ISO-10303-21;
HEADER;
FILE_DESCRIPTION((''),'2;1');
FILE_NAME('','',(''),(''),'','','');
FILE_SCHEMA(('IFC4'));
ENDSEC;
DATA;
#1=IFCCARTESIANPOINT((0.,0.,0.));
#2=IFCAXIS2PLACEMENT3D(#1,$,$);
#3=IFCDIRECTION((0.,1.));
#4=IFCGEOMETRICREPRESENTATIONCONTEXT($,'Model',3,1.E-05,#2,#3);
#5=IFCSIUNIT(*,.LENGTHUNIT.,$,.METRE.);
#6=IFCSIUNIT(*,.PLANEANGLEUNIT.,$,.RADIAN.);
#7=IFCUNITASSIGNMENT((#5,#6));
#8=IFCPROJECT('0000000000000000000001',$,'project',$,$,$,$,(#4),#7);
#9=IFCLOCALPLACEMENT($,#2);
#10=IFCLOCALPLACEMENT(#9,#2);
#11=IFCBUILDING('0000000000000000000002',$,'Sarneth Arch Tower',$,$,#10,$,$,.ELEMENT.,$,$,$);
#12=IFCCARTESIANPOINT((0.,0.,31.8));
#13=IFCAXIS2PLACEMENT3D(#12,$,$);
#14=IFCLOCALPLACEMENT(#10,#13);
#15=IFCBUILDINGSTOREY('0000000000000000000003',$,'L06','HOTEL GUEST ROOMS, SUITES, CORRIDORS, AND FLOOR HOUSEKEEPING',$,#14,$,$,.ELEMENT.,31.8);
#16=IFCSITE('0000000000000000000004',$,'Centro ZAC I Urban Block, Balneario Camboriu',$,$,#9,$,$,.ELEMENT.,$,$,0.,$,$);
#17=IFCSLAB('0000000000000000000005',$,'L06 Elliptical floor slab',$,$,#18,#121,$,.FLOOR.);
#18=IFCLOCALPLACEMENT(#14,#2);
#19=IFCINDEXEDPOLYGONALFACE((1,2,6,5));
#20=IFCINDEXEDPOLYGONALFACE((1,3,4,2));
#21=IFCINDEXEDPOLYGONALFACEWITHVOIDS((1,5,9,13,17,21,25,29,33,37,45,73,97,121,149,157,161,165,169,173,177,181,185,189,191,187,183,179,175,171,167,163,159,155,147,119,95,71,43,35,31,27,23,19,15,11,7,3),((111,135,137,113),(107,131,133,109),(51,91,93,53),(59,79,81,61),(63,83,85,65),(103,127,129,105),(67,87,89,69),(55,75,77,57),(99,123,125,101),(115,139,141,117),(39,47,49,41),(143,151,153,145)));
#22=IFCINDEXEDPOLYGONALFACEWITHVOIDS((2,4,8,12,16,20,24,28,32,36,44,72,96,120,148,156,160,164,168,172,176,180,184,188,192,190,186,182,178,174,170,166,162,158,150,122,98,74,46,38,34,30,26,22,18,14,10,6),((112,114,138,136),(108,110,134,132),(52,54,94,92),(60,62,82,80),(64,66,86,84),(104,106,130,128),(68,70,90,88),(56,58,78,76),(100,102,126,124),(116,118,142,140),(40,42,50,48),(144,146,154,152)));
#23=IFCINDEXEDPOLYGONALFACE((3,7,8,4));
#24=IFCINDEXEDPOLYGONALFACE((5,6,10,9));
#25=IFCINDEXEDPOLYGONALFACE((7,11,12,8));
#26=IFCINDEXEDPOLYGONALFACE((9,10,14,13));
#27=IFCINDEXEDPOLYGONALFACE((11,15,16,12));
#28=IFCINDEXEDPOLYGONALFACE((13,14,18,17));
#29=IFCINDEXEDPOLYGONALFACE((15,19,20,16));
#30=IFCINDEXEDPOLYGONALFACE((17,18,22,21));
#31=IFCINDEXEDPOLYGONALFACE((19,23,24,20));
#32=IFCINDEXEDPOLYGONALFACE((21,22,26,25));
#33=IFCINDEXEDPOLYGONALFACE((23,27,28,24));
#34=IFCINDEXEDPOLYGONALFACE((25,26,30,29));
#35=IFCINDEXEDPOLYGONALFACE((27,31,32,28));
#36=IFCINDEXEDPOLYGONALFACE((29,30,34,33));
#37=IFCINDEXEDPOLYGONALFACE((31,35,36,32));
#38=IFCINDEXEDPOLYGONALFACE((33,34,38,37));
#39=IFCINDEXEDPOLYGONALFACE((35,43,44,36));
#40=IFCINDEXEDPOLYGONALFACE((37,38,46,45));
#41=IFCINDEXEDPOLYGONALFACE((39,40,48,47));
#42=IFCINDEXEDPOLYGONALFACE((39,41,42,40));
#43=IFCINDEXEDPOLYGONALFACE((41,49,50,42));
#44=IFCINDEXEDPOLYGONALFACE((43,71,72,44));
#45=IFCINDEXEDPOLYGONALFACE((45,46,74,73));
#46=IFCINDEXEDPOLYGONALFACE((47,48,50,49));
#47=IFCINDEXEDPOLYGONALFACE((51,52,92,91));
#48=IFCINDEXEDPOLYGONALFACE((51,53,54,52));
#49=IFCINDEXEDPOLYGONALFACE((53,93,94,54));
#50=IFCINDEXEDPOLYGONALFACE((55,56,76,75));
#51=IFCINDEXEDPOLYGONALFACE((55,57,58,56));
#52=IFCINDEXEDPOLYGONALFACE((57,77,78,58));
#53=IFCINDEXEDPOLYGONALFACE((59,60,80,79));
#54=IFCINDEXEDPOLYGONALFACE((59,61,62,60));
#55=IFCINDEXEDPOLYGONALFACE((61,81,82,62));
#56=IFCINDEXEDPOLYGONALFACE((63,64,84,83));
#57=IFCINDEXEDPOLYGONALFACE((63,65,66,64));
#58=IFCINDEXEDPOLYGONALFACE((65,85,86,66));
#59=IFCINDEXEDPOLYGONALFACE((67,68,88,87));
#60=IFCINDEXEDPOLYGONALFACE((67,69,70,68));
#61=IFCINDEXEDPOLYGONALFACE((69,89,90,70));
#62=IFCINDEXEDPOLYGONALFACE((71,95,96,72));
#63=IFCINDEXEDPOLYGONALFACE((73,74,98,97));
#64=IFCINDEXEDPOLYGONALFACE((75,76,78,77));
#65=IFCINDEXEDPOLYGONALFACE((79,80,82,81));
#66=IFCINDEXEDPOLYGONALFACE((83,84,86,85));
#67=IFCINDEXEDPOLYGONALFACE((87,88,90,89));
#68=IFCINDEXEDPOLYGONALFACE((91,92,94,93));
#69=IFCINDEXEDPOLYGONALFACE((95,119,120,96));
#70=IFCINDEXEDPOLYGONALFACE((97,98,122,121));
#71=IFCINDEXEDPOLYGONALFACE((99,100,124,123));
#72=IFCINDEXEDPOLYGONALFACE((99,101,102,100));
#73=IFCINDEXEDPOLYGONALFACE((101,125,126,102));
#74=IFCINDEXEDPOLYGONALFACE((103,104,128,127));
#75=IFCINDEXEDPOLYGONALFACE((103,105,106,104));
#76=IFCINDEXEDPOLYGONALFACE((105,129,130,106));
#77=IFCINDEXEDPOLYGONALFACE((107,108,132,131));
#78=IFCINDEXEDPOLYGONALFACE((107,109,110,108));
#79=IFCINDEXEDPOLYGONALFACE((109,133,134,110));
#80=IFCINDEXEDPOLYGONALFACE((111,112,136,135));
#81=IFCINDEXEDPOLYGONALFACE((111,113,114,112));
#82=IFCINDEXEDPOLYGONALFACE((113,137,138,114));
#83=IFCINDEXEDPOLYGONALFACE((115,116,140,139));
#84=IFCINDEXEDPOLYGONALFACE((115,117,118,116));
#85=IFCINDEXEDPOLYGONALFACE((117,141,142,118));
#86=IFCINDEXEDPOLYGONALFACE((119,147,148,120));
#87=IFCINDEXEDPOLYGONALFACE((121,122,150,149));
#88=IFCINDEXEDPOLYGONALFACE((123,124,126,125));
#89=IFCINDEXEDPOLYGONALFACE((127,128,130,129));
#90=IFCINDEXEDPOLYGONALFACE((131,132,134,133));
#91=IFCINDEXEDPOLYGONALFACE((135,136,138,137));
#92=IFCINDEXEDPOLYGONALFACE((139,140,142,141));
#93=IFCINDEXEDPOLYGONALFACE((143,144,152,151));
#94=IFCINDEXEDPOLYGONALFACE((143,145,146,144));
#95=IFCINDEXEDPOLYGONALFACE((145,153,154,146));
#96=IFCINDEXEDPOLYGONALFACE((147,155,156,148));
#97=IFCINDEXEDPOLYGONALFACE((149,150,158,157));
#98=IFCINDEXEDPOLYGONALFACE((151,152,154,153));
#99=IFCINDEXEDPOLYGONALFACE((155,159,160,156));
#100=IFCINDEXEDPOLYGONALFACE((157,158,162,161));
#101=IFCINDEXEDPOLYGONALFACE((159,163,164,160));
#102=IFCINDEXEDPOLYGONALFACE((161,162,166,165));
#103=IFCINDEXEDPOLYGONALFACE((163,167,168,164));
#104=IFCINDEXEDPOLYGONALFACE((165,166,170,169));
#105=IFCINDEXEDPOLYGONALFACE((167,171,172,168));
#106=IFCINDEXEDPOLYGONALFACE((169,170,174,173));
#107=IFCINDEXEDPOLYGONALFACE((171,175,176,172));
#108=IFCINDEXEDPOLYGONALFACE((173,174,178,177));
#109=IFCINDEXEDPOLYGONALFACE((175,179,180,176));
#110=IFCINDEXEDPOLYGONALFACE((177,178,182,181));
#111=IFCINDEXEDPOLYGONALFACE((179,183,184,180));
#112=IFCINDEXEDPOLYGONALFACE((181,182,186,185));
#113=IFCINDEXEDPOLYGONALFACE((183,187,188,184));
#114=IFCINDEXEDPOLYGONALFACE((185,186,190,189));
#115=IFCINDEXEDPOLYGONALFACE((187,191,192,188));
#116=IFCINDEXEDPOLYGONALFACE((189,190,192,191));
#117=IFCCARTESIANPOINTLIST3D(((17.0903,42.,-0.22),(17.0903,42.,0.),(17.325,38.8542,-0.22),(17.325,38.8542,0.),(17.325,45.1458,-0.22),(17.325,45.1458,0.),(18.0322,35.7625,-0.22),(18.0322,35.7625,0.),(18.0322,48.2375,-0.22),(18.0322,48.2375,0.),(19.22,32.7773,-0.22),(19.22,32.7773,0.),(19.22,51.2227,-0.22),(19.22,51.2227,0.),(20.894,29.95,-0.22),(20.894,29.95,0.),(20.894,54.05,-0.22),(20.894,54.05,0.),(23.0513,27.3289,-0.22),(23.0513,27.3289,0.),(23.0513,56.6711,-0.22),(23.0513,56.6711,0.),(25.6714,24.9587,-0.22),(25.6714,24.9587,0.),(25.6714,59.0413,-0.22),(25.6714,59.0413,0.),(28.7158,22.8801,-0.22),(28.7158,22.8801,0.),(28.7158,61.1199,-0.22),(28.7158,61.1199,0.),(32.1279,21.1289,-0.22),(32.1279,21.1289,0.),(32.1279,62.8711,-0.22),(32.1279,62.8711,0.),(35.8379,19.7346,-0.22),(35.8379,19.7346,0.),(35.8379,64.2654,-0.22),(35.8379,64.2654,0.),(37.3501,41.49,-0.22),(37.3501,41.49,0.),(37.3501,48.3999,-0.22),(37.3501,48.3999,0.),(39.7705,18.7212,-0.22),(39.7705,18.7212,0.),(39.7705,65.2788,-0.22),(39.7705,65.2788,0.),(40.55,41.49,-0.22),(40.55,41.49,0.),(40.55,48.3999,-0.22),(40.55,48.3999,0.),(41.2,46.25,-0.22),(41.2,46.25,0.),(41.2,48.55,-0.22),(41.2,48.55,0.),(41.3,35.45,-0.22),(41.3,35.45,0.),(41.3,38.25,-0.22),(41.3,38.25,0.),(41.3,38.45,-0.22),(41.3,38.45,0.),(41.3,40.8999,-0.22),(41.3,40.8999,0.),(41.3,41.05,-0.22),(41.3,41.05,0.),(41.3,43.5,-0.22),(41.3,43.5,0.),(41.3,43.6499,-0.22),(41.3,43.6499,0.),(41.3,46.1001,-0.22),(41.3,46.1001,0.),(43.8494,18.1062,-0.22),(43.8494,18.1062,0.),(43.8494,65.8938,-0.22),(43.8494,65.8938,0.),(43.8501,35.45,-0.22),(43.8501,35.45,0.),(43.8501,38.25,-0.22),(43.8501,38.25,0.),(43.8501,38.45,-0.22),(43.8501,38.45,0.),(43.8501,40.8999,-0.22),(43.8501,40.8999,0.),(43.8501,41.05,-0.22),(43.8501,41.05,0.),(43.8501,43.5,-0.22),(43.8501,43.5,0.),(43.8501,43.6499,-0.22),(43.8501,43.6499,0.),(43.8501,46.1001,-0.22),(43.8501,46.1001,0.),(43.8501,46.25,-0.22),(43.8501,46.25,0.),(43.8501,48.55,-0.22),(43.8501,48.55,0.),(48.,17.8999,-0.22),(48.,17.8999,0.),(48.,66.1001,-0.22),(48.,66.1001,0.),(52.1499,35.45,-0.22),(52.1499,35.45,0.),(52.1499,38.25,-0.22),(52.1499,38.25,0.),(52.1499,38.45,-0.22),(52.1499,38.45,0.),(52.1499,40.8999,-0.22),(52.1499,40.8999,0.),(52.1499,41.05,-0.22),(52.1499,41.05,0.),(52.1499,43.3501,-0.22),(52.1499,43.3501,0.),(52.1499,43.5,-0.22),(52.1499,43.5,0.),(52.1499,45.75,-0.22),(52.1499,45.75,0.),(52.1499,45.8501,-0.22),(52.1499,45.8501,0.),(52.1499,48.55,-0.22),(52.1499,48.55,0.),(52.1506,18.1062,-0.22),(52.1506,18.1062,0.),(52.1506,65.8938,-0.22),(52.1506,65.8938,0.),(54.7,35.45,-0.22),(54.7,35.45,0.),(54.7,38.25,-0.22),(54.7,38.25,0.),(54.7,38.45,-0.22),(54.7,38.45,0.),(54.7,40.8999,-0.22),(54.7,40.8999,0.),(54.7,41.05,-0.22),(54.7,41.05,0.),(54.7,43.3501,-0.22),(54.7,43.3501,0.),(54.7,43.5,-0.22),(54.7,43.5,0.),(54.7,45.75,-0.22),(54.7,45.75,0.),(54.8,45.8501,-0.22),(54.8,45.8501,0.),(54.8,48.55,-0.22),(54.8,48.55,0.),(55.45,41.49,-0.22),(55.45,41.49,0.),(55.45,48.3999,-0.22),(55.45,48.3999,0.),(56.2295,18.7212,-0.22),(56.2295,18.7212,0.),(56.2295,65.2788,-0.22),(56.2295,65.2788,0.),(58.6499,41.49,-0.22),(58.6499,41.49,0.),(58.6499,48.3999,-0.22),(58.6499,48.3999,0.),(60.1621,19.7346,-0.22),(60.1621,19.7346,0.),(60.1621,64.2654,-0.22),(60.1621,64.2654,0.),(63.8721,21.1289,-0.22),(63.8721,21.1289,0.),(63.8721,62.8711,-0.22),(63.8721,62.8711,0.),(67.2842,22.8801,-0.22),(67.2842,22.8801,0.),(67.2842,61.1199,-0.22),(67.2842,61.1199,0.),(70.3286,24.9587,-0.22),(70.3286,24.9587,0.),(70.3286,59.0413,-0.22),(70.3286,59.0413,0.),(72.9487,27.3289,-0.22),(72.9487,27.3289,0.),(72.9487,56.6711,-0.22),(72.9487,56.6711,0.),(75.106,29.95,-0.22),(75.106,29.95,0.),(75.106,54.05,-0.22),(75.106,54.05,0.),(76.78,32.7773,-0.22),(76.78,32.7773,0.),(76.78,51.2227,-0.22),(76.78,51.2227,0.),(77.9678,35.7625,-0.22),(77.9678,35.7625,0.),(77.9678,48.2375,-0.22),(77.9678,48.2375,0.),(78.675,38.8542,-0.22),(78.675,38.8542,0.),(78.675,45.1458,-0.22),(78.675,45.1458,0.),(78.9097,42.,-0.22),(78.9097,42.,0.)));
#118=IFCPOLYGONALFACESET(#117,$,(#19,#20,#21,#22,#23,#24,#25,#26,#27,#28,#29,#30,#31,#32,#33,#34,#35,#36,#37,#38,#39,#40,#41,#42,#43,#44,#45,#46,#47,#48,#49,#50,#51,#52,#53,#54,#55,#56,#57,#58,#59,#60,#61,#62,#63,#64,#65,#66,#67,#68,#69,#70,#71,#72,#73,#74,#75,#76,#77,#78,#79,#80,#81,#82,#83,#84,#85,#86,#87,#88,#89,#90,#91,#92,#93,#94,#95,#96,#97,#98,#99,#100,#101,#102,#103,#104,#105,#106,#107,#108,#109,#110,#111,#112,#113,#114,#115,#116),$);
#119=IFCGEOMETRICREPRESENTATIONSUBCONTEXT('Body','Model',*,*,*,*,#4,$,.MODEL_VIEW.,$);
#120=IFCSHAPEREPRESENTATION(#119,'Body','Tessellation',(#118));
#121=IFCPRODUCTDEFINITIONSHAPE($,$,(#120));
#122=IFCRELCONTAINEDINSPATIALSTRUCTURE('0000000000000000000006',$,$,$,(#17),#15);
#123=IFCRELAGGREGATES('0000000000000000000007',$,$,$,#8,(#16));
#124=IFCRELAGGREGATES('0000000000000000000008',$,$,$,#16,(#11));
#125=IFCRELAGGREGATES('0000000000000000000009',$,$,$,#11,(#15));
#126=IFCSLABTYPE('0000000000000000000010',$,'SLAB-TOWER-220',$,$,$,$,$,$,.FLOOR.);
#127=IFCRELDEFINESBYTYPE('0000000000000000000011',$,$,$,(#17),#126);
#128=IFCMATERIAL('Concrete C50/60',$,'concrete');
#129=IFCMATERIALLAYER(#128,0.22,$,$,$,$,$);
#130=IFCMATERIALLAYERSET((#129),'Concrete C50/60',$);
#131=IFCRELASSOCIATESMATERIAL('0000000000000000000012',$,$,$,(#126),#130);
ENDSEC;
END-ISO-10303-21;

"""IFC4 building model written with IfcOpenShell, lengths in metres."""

from ifc_helpers import new_model, si_unit, direction, frame, origin, place, context, subcontext, project, spatial, polyline, outline, extrude, material, layer, layer_set, type_object, element, save


model = new_model("IFC4")

# Units and contexts
model_context = context("Model", 3, precision=1e-05, world=origin(), true_north=direction((0.0, 1.0)))
body_context = subcontext(model_context, "Body", "Model", "MODEL_VIEW")
ifc_project = project(units=[si_unit("LENGTHUNIT", "METRE"), si_unit("PLANEANGLEUNIT", "RADIAN")], contexts=[model_context])

# Site, building, storey
site_placement = place(None, origin())
site = spatial("IfcSite", under=ifc_project, at=site_placement, Name="Centro ZAC I Urban Block, Balneario Camboriu", CompositionType="ELEMENT", RefElevation=0.0)
building_placement = place(site_placement, origin())
building = spatial("IfcBuilding", under=site, at=building_placement, Name="Sarneth Arch Tower", CompositionType="ELEMENT")
storey_placement = place(building_placement, frame((0.0, 0.0, 31.8)))
storey = spatial("IfcBuildingStorey", under=building, at=storey_placement, Name="L06", Description="HOTEL GUEST ROOMS, SUITES, CORRIDORS, AND FLOOR HOUSEKEEPING", CompositionType="ELEMENT", Elevation=31.8)

# Slab
ifc_material_1 = material(Name="Concrete C50/60", Category="concrete")
ifc_layer_1 = layer(ifc_material_1, 0.22)
ifc_layer_set_1 = layer_set([ifc_layer_1], Name="Concrete C50/60")
slab_type_1 = type_object("IfcSlabType", Name="SLAB-TOWER-220", PredefinedType="FLOOR", material=ifc_layer_set_1)
slab_1_placement = place(storey_placement, frame((0.0, 0.0, -0.22)))
element("IfcSlab", 1, at=slab_1_placement, inside=storey, type_object=slab_type_1, Name="L06 Elliptical floor slab", PredefinedType="FLOOR", context=body_context, shape_type="SweptSolid", body=[
    extrude(outline(polyline([(78.9097, 42.0), (78.675, 45.1458), (77.9678, 48.2375), (76.78, 51.2227), (75.106, 54.05), (72.9487, 56.6711), (70.3286, 59.0413), (67.2842, 61.1199), (63.8721, 62.8711), (60.1621, 64.2654), (56.2295, 65.2788), (52.1506, 65.8938), (48.0, 66.1001), (43.8494, 65.8938), (39.7705, 65.2788), (35.8379, 64.2654), (32.1279, 62.8711), (28.7158, 61.1199), (25.6714, 59.0413), (23.0513, 56.6711), (20.894, 54.05), (19.22, 51.2227), (18.0322, 48.2375), (17.325, 45.1458), (17.0903, 42.0), (17.325, 38.8542), (18.0322, 35.7625), (19.22, 32.7773), (20.894, 29.95), (23.0513, 27.3289), (25.6714, 24.9587), (28.7158, 22.8801), (32.1279, 21.1289), (35.8379, 19.7346), (39.7705, 18.7212), (43.8494, 18.1062), (48.0, 17.8999), (52.1506, 18.1062), (56.2295, 18.7212), (60.1621, 19.7346), (63.8721, 21.1289), (67.2842, 22.8801), (70.3286, 24.9587), (72.9487, 27.3289), (75.106, 29.95), (76.78, 32.7773), (77.9678, 35.7625), (78.675, 38.8542), (78.9097, 42.0)]), holes=[polyline([(37.3501, 41.49), (40.55, 41.49), (40.55, 48.3999), (37.3501, 48.3999), (37.3501, 41.49)]), polyline([(55.45, 41.49), (58.6499, 41.49), (58.6499, 48.3999), (55.45, 48.3999), (55.45, 41.49)]), polyline([(41.2, 46.25), (43.8501, 46.25), (43.8501, 48.55), (41.2, 48.55), (41.2, 46.25)]), polyline([(41.3, 35.45), (43.8501, 35.45), (43.8501, 38.25), (41.3, 38.25), (41.3, 35.45)]), polyline([(52.1499, 35.45), (54.7, 35.45), (54.7, 38.25), (52.1499, 38.25), (52.1499, 35.45)]), polyline([(52.1499, 45.8501), (54.8, 45.8501), (54.8, 48.55), (52.1499, 48.55), (52.1499, 45.8501)]), polyline([(41.3, 38.45), (43.8501, 38.45), (43.8501, 40.8999), (41.3, 40.8999), (41.3, 38.45)]), polyline([(41.3, 41.05), (43.8501, 41.05), (43.8501, 43.5), (41.3, 43.5), (41.3, 41.05)]), polyline([(41.3, 43.6499), (43.8501, 43.6499), (43.8501, 46.1001), (41.3, 46.1001), (41.3, 43.6499)]), polyline([(52.1499, 38.45), (54.7, 38.45), (54.7, 40.8999), (52.1499, 40.8999), (52.1499, 38.45)]), polyline([(52.1499, 41.05), (54.7, 41.05), (54.7, 43.3501), (52.1499, 43.3501), (52.1499, 41.05)]), polyline([(52.1499, 43.5), (54.7, 43.5), (54.7, 45.75), (52.1499, 45.75), (52.1499, 43.5)])]), origin(), (0.0, 0.0, 1.0), 0.22),
])

save(model, "model.ifc")
